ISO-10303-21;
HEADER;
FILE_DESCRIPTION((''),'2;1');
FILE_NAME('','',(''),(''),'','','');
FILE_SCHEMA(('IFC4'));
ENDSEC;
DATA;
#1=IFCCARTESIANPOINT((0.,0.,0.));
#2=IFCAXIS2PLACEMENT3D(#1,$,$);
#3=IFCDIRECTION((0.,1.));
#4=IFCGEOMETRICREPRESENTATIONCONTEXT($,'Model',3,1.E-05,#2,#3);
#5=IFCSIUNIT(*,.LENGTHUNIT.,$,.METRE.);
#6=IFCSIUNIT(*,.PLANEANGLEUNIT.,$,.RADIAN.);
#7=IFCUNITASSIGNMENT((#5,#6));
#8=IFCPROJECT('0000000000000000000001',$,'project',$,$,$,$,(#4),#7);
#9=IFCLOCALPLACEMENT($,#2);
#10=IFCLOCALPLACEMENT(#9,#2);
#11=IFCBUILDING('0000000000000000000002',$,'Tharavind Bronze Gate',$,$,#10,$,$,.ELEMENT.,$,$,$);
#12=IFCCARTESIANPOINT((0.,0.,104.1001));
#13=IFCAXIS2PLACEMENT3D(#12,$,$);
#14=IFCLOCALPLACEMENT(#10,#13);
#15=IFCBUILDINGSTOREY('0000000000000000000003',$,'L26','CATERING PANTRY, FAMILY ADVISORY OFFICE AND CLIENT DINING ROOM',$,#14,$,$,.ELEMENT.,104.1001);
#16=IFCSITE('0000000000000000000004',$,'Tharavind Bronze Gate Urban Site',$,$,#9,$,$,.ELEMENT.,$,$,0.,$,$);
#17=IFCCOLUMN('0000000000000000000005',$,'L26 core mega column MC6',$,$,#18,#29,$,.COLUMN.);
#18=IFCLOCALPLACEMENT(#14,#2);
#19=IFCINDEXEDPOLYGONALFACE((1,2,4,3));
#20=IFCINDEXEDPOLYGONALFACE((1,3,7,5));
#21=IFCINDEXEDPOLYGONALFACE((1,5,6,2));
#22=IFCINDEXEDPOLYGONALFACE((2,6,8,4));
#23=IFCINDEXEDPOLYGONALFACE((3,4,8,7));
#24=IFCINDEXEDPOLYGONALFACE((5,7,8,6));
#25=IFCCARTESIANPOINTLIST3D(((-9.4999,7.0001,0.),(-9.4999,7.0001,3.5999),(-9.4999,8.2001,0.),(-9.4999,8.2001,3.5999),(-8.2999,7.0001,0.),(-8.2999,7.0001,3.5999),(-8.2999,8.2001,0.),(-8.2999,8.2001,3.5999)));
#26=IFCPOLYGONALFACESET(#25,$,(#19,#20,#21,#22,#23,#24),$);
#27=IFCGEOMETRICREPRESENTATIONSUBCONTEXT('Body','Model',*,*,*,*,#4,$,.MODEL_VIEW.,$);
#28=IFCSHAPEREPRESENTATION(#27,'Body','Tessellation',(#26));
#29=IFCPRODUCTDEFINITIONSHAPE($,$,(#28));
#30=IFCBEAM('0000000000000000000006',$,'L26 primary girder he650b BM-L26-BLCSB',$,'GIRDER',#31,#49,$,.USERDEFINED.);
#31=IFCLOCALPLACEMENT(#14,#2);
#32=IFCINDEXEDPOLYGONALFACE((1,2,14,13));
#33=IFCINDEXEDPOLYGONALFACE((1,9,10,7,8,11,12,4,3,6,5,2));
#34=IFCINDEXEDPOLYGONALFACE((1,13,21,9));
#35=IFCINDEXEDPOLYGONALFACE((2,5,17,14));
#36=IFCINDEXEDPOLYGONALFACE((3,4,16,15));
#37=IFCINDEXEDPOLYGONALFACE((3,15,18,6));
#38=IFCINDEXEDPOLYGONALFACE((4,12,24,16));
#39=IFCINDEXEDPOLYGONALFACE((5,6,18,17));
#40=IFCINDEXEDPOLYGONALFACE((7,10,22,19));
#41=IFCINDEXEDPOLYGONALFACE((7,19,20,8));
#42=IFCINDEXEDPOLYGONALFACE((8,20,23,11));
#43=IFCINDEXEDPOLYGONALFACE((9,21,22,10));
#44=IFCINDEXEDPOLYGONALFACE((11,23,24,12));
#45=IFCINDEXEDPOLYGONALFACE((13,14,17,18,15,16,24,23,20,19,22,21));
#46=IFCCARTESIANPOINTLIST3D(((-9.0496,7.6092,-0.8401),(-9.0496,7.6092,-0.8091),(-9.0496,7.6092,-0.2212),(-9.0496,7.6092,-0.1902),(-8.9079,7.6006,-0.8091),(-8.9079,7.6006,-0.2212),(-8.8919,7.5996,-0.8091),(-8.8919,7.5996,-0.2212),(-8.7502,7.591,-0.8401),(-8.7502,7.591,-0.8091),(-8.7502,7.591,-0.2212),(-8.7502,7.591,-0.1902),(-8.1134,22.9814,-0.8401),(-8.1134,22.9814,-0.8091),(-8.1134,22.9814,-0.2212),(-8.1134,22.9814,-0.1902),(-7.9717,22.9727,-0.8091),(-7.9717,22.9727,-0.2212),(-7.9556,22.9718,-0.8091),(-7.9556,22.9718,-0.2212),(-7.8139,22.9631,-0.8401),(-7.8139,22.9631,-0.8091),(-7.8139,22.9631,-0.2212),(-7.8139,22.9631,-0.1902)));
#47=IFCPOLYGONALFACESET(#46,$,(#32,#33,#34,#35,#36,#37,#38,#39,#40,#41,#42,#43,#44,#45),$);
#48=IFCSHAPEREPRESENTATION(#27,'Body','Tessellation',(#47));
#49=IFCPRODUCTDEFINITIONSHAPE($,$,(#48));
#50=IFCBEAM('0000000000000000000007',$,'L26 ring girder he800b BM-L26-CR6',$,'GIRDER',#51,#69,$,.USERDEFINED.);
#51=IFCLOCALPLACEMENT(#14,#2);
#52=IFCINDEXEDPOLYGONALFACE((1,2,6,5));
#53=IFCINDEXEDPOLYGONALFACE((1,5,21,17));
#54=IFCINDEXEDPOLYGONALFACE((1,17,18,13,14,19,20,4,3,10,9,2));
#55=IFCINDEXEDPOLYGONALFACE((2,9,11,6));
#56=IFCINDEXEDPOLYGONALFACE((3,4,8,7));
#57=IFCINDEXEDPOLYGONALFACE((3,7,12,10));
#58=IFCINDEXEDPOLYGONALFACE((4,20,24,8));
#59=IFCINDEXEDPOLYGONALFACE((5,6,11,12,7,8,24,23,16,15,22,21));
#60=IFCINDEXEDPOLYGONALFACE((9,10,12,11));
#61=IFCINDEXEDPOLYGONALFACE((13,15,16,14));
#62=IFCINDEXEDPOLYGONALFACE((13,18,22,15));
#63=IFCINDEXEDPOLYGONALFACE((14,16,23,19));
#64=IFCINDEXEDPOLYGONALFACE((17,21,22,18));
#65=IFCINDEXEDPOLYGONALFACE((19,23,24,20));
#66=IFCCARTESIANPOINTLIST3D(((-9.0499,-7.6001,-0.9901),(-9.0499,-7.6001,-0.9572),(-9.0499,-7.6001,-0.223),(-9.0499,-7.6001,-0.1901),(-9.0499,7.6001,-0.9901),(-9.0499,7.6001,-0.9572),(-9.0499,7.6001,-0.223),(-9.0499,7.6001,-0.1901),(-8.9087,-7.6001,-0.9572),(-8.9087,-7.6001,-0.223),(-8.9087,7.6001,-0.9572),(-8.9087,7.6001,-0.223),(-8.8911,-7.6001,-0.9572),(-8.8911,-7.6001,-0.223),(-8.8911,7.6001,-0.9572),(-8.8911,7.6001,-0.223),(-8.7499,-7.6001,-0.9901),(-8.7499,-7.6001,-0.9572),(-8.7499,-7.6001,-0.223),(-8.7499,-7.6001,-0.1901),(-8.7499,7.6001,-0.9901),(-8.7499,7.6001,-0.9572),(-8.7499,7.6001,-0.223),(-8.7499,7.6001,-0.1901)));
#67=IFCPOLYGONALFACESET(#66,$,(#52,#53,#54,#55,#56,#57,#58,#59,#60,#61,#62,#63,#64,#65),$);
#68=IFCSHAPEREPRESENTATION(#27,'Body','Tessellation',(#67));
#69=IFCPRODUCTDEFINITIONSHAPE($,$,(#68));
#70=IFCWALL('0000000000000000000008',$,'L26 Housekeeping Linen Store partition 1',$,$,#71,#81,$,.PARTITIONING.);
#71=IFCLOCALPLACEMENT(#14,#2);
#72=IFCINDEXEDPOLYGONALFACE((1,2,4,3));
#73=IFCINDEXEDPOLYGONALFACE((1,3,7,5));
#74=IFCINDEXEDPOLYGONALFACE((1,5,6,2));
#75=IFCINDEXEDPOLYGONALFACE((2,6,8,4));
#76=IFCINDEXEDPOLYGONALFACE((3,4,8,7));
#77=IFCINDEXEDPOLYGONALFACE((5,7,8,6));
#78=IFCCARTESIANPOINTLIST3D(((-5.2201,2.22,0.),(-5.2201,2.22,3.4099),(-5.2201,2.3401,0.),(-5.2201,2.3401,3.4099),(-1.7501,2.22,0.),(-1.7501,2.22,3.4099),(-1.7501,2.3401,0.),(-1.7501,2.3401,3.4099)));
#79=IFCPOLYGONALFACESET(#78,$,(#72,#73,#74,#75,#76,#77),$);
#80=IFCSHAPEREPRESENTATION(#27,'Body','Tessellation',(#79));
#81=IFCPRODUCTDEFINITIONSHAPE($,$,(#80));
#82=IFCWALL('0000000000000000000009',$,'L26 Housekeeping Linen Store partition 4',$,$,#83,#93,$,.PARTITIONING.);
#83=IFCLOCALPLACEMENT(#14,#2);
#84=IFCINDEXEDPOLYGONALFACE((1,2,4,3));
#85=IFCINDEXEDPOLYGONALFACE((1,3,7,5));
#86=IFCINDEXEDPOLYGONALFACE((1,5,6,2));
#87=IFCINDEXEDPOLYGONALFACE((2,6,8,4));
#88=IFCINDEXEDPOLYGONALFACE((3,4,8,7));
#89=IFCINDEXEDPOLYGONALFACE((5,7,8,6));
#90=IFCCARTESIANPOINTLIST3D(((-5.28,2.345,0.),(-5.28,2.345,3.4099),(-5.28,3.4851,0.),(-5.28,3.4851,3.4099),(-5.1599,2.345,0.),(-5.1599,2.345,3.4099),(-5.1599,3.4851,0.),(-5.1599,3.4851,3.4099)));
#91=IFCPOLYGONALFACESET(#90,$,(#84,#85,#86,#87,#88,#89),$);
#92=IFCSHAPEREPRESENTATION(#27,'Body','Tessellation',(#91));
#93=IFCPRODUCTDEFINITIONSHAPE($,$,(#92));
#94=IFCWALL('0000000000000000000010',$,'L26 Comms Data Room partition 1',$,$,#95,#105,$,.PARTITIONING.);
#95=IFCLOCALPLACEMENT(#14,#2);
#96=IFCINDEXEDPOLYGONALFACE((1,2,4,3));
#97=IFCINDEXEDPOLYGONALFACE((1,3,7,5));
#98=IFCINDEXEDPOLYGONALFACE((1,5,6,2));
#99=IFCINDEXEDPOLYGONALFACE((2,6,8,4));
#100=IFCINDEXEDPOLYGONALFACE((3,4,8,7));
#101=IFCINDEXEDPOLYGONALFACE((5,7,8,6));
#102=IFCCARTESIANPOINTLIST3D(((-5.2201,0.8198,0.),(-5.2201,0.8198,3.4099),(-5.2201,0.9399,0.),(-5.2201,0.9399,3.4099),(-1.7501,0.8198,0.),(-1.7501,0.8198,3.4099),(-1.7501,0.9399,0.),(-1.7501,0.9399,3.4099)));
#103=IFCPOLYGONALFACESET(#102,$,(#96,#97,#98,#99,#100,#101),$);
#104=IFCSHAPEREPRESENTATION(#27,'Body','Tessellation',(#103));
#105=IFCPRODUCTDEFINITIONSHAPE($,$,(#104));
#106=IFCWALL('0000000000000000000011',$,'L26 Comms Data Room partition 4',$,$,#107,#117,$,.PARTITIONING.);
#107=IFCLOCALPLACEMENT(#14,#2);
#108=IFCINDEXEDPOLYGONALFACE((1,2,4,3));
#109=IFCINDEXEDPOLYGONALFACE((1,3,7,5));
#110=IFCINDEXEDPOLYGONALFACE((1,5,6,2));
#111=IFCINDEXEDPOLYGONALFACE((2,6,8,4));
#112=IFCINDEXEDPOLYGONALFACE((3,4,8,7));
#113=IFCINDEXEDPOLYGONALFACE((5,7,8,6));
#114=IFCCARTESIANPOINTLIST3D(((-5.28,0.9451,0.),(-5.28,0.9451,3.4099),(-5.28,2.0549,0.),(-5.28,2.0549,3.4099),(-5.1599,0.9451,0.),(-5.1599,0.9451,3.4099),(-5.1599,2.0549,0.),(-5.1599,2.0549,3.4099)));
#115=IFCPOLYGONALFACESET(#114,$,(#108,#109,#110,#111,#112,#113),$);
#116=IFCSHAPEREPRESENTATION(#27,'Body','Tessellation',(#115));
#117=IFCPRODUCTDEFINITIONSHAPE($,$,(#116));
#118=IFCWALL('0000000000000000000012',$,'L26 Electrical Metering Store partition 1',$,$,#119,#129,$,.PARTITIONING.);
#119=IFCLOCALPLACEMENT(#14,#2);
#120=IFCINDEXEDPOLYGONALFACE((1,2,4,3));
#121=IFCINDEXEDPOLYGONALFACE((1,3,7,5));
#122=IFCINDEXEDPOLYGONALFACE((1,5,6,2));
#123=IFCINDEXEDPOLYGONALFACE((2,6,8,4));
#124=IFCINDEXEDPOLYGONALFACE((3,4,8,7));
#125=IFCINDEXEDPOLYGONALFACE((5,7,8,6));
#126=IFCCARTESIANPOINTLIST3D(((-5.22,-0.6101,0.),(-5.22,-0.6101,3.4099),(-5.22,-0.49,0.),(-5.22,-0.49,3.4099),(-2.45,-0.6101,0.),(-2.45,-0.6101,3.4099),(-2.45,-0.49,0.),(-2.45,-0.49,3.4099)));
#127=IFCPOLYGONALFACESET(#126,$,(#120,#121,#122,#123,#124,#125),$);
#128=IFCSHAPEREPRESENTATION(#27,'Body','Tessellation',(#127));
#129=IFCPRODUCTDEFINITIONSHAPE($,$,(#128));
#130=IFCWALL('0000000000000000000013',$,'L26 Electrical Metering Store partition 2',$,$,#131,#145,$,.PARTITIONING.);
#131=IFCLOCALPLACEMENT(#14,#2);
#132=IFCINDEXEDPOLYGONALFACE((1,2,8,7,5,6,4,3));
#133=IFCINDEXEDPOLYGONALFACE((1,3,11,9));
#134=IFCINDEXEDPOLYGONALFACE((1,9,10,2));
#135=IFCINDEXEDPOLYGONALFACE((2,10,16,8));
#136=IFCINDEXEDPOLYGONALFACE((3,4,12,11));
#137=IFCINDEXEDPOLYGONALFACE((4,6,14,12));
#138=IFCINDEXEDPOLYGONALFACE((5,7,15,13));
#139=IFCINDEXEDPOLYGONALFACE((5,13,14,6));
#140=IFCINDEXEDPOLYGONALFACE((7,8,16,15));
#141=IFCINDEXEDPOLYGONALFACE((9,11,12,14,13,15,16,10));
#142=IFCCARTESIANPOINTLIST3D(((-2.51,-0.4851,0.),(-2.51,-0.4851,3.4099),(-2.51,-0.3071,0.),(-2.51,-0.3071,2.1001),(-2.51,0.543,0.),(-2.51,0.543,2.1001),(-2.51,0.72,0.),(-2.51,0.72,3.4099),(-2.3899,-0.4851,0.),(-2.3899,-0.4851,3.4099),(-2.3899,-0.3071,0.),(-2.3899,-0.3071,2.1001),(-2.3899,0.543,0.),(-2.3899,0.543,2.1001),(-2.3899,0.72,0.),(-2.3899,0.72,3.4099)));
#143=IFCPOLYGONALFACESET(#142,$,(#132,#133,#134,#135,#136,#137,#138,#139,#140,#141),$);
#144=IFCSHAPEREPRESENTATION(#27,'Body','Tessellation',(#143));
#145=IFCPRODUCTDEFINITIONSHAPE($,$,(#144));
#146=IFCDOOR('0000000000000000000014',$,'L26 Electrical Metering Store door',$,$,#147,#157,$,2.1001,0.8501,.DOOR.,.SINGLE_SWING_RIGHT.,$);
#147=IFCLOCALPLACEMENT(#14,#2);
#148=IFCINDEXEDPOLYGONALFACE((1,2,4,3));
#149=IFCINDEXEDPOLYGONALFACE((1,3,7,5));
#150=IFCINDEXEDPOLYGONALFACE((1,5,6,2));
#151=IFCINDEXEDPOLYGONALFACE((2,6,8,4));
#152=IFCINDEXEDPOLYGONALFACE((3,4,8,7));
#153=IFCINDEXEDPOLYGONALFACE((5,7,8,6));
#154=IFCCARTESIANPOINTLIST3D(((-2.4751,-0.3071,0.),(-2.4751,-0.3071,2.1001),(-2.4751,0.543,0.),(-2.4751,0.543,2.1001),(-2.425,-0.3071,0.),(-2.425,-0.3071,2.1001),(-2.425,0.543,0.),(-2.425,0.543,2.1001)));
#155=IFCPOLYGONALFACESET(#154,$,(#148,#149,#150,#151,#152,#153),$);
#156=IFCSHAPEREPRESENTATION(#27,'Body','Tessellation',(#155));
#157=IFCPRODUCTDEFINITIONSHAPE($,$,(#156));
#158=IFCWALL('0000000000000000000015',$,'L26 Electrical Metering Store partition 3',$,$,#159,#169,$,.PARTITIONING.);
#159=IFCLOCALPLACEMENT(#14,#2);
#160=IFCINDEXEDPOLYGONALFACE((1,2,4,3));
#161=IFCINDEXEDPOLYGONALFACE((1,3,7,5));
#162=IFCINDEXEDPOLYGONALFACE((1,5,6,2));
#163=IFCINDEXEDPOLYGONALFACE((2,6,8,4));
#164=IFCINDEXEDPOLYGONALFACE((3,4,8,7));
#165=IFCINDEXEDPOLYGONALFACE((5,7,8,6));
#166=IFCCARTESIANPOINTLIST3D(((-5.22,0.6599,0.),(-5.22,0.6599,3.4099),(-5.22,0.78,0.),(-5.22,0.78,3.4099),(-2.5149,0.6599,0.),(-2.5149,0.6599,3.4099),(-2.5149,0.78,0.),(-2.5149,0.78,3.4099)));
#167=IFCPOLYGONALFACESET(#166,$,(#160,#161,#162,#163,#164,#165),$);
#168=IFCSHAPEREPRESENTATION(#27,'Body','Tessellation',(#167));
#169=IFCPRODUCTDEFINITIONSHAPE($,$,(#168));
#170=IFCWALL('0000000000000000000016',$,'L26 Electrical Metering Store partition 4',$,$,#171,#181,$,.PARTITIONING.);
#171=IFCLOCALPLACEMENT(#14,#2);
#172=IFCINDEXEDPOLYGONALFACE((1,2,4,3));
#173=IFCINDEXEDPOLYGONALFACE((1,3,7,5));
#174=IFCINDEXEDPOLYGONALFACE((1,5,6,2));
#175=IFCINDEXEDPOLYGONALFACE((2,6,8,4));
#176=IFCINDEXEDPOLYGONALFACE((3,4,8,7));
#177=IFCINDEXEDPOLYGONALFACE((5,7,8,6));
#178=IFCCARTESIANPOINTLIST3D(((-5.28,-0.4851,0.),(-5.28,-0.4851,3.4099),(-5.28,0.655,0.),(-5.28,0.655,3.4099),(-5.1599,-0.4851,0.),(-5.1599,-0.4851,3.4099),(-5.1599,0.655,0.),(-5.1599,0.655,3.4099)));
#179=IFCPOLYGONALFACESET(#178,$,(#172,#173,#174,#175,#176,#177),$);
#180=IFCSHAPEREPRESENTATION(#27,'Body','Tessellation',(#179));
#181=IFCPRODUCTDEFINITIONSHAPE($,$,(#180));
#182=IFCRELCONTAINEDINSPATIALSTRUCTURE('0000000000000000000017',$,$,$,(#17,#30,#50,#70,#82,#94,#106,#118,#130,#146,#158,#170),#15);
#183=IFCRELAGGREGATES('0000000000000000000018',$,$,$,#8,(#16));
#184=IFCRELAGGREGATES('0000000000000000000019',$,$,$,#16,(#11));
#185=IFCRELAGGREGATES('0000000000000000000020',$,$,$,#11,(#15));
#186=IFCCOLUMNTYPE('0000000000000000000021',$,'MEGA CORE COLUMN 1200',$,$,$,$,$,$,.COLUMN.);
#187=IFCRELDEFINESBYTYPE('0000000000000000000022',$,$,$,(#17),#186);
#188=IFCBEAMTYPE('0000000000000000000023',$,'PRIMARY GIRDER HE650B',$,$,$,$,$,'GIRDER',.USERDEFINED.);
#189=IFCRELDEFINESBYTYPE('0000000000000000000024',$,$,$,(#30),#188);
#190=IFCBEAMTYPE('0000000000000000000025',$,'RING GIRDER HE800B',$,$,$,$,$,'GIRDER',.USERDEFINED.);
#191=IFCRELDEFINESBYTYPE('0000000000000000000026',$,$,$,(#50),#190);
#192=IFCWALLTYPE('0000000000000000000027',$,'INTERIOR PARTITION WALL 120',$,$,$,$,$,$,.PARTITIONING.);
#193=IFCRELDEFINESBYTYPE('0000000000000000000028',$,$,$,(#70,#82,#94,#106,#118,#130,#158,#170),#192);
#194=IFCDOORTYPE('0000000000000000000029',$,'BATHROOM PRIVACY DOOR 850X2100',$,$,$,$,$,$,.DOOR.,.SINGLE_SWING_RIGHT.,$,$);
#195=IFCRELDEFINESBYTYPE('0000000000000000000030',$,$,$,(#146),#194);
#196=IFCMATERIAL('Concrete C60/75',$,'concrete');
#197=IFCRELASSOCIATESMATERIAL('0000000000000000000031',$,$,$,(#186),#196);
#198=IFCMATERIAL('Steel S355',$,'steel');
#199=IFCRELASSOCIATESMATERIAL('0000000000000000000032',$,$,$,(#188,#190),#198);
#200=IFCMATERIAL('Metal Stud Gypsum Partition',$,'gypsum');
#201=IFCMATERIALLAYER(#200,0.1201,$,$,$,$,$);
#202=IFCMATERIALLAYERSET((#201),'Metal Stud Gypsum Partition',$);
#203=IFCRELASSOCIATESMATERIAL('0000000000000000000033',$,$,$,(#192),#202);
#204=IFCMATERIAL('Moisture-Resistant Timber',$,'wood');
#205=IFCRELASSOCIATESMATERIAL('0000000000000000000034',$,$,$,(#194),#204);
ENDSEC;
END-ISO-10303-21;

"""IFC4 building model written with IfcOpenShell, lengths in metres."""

from ifc_helpers import new_model, si_unit, direction, frame, frame_2d, origin, origin_2d, place, context, subcontext, project, spatial, rectangle, i_section, extrude, material, layer, layer_set, material_profile, profile_set, type_object, element, fill, save


model = new_model("IFC4")

# Units and contexts
model_context = context("Model", 3, precision=1e-05, world=origin(), true_north=direction((0.0, 1.0)))
body_context = subcontext(model_context, "Body", "Model", "MODEL_VIEW")
ifc_project = project(units=[si_unit("LENGTHUNIT", "METRE"), si_unit("PLANEANGLEUNIT", "RADIAN")], contexts=[model_context])

# Site, building, storey
site_placement = place(None, origin())
site = spatial("IfcSite", under=ifc_project, at=site_placement, Name="Tharavind Bronze Gate Urban Site", CompositionType="ELEMENT", RefElevation=0.0)
building_placement = place(site_placement, origin())
building = spatial("IfcBuilding", under=site, at=building_placement, Name="Tharavind Bronze Gate", CompositionType="ELEMENT")
storey_placement = place(building_placement, frame((0.0, 0.0, 104.1001)))
storey = spatial("IfcBuildingStorey", under=building, at=storey_placement, Name="L26", Description="CATERING PANTRY, FAMILY ADVISORY OFFICE AND CLIENT DINING ROOM", CompositionType="ELEMENT", Elevation=104.1001)

# Column
ifc_material_1 = material(Name="Concrete C60/75", Category="concrete")
ifc_material_profile_1 = material_profile(ifc_material_1, rectangle(XDim=1.2, YDim=1.2, at=origin_2d()), Name="RCCOL1200")
ifc_profile_set_1 = profile_set([ifc_material_profile_1], Name="Concrete C60/75")
column_type = type_object("IfcColumnType", Name="MEGA CORE COLUMN 1200", PredefinedType="COLUMN", material=ifc_profile_set_1)
column_placement = place(storey_placement, frame((-8.8999, 7.6001, 0.0), z_axis=(0.0, 0.0, 1.0), x_axis=(1.0, 0.0, 0.0)))
element("IfcColumn", 1, at=column_placement, inside=storey, type_object=column_type, Name="L26 core mega column MC6", PredefinedType="COLUMN", context=body_context, shape_type="SweptSolid", body=[
    extrude(rectangle(XDim=1.2, YDim=1.2, at=origin_2d()), origin(), (0.0, 0.0, 1.0), 3.5999),
])

# Beams
ifc_material_2 = material(Name="Steel S355", Category="steel")
ifc_material_profile_2 = material_profile(ifc_material_2, i_section(OverallWidth=0.3, OverallDepth=0.6499, WebThickness=0.0161, FlangeThickness=0.031, at=origin_2d()), Name="HE650B")
ifc_profile_set_2 = profile_set([ifc_material_profile_2], Name="Steel S355")
beam_type_1 = type_object("IfcBeamType", Name="PRIMARY GIRDER HE650B", ElementType="GIRDER", PredefinedType="USERDEFINED", material=ifc_profile_set_2)
beam_1_placement = place(storey_placement, frame((-8.8999, 7.6001, -0.5151), z_axis=(0.060795, 0.99815, 0.0), x_axis=(-0.99815, 0.060795, 0.0)))
element("IfcBeam", 2, at=beam_1_placement, inside=storey, type_object=beam_type_1, Name="L26 primary girder he650b BM-L26-BLCSB", ObjectType="GIRDER", PredefinedType="USERDEFINED", context=body_context, shape_type="SweptSolid", body=[
    extrude(i_section(OverallWidth=0.3, OverallDepth=0.6499, WebThickness=0.0161, FlangeThickness=0.031, at=origin_2d()), origin(), (0.0, 0.0, 1.0), 15.4006),
])
ifc_material_profile_3 = material_profile(ifc_material_2, i_section(OverallWidth=0.3, OverallDepth=0.8, WebThickness=0.0176, FlangeThickness=0.033, at=origin_2d()), Name="HE800B")
ifc_profile_set_3 = profile_set([ifc_material_profile_3], Name="Steel S355")
beam_type_2 = type_object("IfcBeamType", Name="RING GIRDER HE800B", ElementType="GIRDER", PredefinedType="USERDEFINED", material=ifc_profile_set_3)
beam_2_placement = place(storey_placement, frame((-8.8999, 7.6001, -0.5901), z_axis=(0.0, -1.0, 0.0), x_axis=(1.0, 0.0, 0.0)))
element("IfcBeam", 3, at=beam_2_placement, inside=storey, type_object=beam_type_2, Name="L26 ring girder he800b BM-L26-CR6", ObjectType="GIRDER", PredefinedType="USERDEFINED", context=body_context, shape_type="SweptSolid", body=[
    extrude(i_section(OverallWidth=0.3, OverallDepth=0.8, WebThickness=0.0176, FlangeThickness=0.033, at=origin_2d()), origin(), (0.0, 0.0, 1.0), 15.2002),
])

# Walls
ifc_material_3 = material(Name="Metal Stud Gypsum Partition", Category="gypsum")
ifc_layer_1 = layer(ifc_material_3, 0.1201)
ifc_layer_set_1 = layer_set([ifc_layer_1], Name="Metal Stud Gypsum Partition")
wall_type_1 = type_object("IfcWallType", Name="INTERIOR PARTITION WALL 120", PredefinedType="PARTITIONING", material=ifc_layer_set_1)
wall_1_placement = place(storey_placement, frame((-5.22, 2.28, 0.0), z_axis=(0.0, 0.0, 1.0), x_axis=(1.0, 0.0, 0.0)))
element("IfcWall", 4, at=wall_1_placement, inside=storey, type_object=wall_type_1, Name="L26 Housekeeping Linen Store partition 1", PredefinedType="PARTITIONING", context=body_context, shape_type="SweptSolid", body=[
    extrude(rectangle(XDim=3.47, YDim=0.1201, at=frame_2d((1.7349, 0.0))), origin(), (0.0, 0.0, 1.0), 3.4099),
])
wall_2_placement = place(storey_placement, frame((-5.22, 3.4851, 0.0), z_axis=(0.0, 0.0, 1.0), x_axis=(0.0, -1.0, 0.0)))
element("IfcWall", 5, at=wall_2_placement, inside=storey, type_object=wall_type_1, Name="L26 Housekeeping Linen Store partition 4", PredefinedType="PARTITIONING", context=body_context, shape_type="SweptSolid", body=[
    extrude(rectangle(XDim=1.1401, YDim=0.1201, at=frame_2d((0.5701, 0.0))), origin(), (0.0, 0.0, 1.0), 3.4099),
])
wall_3_placement = place(storey_placement, frame((-5.22, 0.8799, 0.0), z_axis=(0.0, 0.0, 1.0), x_axis=(1.0, 0.0, 0.0)))
element("IfcWall", 6, at=wall_3_placement, inside=storey, type_object=wall_type_1, Name="L26 Comms Data Room partition 1", PredefinedType="PARTITIONING", context=body_context, shape_type="SweptSolid", body=[
    extrude(rectangle(XDim=3.47, YDim=0.1201, at=frame_2d((1.7349, 0.0))), origin(), (0.0, 0.0, 1.0), 3.4099),
])
wall_4_placement = place(storey_placement, frame((-5.22, 2.0549, 0.0), z_axis=(0.0, 0.0, 1.0), x_axis=(0.0, -1.0, 0.0)))
element("IfcWall", 7, at=wall_4_placement, inside=storey, type_object=wall_type_1, Name="L26 Comms Data Room partition 4", PredefinedType="PARTITIONING", context=body_context, shape_type="SweptSolid", body=[
    extrude(rectangle(XDim=1.1099, YDim=0.1201, at=frame_2d((0.5549, 0.0))), origin(), (0.0, 0.0, 1.0), 3.4099),
])
wall_5_placement = place(storey_placement, frame((-5.22, -0.55, 0.0), z_axis=(0.0, 0.0, 1.0), x_axis=(1.0, 0.0, 0.0)))
element("IfcWall", 8, at=wall_5_placement, inside=storey, type_object=wall_type_1, Name="L26 Electrical Metering Store partition 1", PredefinedType="PARTITIONING", context=body_context, shape_type="SweptSolid", body=[
    extrude(rectangle(XDim=2.77, YDim=0.1201, at=frame_2d((1.385, 0.0))), origin(), (0.0, 0.0, 1.0), 3.4099),
])

# Wall, opening, door
wall_6_placement = place(storey_placement, frame((-2.45, -0.4851, 0.0), z_axis=(0.0, 0.0, 1.0), x_axis=(0.0, 1.0, 0.0)))
wall_6 = element("IfcWall", 9, at=wall_6_placement, inside=storey, type_object=wall_type_1, Name="L26 Electrical Metering Store partition 2", PredefinedType="PARTITIONING", context=body_context, shape_type="SweptSolid", body=[
    extrude(rectangle(XDim=1.2051, YDim=0.1201, at=frame_2d((0.6025, 0.0))), origin(), (0.0, 0.0, 1.0), 3.4099),
])
opening_1_placement = place(wall_6_placement, frame((0.178, 0.0, 0.0)))
opening_1 = element("IfcOpeningElement", 10, at=opening_1_placement, cuts=wall_6, PredefinedType="OPENING", context=body_context, shape_type="SweptSolid", body=[
    extrude(rectangle(XDim=0.8501, YDim=2.1001, at=frame_2d((0.425, 1.05))), frame((0.0, 0.0701, 0.0), z_axis=(0.0, -1.0, 0.0), x_axis=(1.0, 0.0, 0.0)), (0.0, 0.0, 1.0), 0.1401),
])
ifc_material_4 = material(Name="Moisture-Resistant Timber", Category="wood")
door_type_1 = type_object("IfcDoorType", Name="BATHROOM PRIVACY DOOR 850X2100", OperationType="SINGLE_SWING_RIGHT", PredefinedType="DOOR", material=ifc_material_4)
door_1_placement = place(opening_1_placement, frame((0.8501, 0.0, 0.0), z_axis=(0.0, 0.0, 1.0), x_axis=(-1.0, 0.0, 0.0)))
door_1 = element("IfcDoor", 11, at=door_1_placement, inside=storey, type_object=door_type_1, Name="L26 Electrical Metering Store door", OperationType="SINGLE_SWING_RIGHT", OverallHeight=2.1001, OverallWidth=0.8501, PredefinedType="DOOR", context=body_context, shape_type="SweptSolid", body=[
    extrude(rectangle(XDim=0.8501, YDim=2.1001, at=frame_2d((0.425, 1.05))), frame((0.0, 0.0249, 0.0), z_axis=(0.0, -1.0, 0.0), x_axis=(1.0, 0.0, 0.0)), (0.0, 0.0, 1.0), 0.05),
])
fill(opening_1, door_1)

# Walls
wall_7_placement = place(storey_placement, frame((-2.5149, 0.72, 0.0), z_axis=(0.0, 0.0, 1.0), x_axis=(-1.0, 0.0, 0.0)))
element("IfcWall", 12, at=wall_7_placement, inside=storey, type_object=wall_type_1, Name="L26 Electrical Metering Store partition 3", PredefinedType="PARTITIONING", context=body_context, shape_type="SweptSolid", body=[
    extrude(rectangle(XDim=2.7051, YDim=0.1201, at=frame_2d((1.3525, 0.0))), origin(), (0.0, 0.0, 1.0), 3.4099),
])
wall_8_placement = place(storey_placement, frame((-5.22, 0.655, 0.0), z_axis=(0.0, 0.0, 1.0), x_axis=(0.0, -1.0, 0.0)))
element("IfcWall", 13, at=wall_8_placement, inside=storey, type_object=wall_type_1, Name="L26 Electrical Metering Store partition 4", PredefinedType="PARTITIONING", context=body_context, shape_type="SweptSolid", body=[
    extrude(rectangle(XDim=1.1401, YDim=0.1201, at=frame_2d((0.5701, 0.0))), origin(), (0.0, 0.0, 1.0), 3.4099),
])

save(model, "model.ifc")
